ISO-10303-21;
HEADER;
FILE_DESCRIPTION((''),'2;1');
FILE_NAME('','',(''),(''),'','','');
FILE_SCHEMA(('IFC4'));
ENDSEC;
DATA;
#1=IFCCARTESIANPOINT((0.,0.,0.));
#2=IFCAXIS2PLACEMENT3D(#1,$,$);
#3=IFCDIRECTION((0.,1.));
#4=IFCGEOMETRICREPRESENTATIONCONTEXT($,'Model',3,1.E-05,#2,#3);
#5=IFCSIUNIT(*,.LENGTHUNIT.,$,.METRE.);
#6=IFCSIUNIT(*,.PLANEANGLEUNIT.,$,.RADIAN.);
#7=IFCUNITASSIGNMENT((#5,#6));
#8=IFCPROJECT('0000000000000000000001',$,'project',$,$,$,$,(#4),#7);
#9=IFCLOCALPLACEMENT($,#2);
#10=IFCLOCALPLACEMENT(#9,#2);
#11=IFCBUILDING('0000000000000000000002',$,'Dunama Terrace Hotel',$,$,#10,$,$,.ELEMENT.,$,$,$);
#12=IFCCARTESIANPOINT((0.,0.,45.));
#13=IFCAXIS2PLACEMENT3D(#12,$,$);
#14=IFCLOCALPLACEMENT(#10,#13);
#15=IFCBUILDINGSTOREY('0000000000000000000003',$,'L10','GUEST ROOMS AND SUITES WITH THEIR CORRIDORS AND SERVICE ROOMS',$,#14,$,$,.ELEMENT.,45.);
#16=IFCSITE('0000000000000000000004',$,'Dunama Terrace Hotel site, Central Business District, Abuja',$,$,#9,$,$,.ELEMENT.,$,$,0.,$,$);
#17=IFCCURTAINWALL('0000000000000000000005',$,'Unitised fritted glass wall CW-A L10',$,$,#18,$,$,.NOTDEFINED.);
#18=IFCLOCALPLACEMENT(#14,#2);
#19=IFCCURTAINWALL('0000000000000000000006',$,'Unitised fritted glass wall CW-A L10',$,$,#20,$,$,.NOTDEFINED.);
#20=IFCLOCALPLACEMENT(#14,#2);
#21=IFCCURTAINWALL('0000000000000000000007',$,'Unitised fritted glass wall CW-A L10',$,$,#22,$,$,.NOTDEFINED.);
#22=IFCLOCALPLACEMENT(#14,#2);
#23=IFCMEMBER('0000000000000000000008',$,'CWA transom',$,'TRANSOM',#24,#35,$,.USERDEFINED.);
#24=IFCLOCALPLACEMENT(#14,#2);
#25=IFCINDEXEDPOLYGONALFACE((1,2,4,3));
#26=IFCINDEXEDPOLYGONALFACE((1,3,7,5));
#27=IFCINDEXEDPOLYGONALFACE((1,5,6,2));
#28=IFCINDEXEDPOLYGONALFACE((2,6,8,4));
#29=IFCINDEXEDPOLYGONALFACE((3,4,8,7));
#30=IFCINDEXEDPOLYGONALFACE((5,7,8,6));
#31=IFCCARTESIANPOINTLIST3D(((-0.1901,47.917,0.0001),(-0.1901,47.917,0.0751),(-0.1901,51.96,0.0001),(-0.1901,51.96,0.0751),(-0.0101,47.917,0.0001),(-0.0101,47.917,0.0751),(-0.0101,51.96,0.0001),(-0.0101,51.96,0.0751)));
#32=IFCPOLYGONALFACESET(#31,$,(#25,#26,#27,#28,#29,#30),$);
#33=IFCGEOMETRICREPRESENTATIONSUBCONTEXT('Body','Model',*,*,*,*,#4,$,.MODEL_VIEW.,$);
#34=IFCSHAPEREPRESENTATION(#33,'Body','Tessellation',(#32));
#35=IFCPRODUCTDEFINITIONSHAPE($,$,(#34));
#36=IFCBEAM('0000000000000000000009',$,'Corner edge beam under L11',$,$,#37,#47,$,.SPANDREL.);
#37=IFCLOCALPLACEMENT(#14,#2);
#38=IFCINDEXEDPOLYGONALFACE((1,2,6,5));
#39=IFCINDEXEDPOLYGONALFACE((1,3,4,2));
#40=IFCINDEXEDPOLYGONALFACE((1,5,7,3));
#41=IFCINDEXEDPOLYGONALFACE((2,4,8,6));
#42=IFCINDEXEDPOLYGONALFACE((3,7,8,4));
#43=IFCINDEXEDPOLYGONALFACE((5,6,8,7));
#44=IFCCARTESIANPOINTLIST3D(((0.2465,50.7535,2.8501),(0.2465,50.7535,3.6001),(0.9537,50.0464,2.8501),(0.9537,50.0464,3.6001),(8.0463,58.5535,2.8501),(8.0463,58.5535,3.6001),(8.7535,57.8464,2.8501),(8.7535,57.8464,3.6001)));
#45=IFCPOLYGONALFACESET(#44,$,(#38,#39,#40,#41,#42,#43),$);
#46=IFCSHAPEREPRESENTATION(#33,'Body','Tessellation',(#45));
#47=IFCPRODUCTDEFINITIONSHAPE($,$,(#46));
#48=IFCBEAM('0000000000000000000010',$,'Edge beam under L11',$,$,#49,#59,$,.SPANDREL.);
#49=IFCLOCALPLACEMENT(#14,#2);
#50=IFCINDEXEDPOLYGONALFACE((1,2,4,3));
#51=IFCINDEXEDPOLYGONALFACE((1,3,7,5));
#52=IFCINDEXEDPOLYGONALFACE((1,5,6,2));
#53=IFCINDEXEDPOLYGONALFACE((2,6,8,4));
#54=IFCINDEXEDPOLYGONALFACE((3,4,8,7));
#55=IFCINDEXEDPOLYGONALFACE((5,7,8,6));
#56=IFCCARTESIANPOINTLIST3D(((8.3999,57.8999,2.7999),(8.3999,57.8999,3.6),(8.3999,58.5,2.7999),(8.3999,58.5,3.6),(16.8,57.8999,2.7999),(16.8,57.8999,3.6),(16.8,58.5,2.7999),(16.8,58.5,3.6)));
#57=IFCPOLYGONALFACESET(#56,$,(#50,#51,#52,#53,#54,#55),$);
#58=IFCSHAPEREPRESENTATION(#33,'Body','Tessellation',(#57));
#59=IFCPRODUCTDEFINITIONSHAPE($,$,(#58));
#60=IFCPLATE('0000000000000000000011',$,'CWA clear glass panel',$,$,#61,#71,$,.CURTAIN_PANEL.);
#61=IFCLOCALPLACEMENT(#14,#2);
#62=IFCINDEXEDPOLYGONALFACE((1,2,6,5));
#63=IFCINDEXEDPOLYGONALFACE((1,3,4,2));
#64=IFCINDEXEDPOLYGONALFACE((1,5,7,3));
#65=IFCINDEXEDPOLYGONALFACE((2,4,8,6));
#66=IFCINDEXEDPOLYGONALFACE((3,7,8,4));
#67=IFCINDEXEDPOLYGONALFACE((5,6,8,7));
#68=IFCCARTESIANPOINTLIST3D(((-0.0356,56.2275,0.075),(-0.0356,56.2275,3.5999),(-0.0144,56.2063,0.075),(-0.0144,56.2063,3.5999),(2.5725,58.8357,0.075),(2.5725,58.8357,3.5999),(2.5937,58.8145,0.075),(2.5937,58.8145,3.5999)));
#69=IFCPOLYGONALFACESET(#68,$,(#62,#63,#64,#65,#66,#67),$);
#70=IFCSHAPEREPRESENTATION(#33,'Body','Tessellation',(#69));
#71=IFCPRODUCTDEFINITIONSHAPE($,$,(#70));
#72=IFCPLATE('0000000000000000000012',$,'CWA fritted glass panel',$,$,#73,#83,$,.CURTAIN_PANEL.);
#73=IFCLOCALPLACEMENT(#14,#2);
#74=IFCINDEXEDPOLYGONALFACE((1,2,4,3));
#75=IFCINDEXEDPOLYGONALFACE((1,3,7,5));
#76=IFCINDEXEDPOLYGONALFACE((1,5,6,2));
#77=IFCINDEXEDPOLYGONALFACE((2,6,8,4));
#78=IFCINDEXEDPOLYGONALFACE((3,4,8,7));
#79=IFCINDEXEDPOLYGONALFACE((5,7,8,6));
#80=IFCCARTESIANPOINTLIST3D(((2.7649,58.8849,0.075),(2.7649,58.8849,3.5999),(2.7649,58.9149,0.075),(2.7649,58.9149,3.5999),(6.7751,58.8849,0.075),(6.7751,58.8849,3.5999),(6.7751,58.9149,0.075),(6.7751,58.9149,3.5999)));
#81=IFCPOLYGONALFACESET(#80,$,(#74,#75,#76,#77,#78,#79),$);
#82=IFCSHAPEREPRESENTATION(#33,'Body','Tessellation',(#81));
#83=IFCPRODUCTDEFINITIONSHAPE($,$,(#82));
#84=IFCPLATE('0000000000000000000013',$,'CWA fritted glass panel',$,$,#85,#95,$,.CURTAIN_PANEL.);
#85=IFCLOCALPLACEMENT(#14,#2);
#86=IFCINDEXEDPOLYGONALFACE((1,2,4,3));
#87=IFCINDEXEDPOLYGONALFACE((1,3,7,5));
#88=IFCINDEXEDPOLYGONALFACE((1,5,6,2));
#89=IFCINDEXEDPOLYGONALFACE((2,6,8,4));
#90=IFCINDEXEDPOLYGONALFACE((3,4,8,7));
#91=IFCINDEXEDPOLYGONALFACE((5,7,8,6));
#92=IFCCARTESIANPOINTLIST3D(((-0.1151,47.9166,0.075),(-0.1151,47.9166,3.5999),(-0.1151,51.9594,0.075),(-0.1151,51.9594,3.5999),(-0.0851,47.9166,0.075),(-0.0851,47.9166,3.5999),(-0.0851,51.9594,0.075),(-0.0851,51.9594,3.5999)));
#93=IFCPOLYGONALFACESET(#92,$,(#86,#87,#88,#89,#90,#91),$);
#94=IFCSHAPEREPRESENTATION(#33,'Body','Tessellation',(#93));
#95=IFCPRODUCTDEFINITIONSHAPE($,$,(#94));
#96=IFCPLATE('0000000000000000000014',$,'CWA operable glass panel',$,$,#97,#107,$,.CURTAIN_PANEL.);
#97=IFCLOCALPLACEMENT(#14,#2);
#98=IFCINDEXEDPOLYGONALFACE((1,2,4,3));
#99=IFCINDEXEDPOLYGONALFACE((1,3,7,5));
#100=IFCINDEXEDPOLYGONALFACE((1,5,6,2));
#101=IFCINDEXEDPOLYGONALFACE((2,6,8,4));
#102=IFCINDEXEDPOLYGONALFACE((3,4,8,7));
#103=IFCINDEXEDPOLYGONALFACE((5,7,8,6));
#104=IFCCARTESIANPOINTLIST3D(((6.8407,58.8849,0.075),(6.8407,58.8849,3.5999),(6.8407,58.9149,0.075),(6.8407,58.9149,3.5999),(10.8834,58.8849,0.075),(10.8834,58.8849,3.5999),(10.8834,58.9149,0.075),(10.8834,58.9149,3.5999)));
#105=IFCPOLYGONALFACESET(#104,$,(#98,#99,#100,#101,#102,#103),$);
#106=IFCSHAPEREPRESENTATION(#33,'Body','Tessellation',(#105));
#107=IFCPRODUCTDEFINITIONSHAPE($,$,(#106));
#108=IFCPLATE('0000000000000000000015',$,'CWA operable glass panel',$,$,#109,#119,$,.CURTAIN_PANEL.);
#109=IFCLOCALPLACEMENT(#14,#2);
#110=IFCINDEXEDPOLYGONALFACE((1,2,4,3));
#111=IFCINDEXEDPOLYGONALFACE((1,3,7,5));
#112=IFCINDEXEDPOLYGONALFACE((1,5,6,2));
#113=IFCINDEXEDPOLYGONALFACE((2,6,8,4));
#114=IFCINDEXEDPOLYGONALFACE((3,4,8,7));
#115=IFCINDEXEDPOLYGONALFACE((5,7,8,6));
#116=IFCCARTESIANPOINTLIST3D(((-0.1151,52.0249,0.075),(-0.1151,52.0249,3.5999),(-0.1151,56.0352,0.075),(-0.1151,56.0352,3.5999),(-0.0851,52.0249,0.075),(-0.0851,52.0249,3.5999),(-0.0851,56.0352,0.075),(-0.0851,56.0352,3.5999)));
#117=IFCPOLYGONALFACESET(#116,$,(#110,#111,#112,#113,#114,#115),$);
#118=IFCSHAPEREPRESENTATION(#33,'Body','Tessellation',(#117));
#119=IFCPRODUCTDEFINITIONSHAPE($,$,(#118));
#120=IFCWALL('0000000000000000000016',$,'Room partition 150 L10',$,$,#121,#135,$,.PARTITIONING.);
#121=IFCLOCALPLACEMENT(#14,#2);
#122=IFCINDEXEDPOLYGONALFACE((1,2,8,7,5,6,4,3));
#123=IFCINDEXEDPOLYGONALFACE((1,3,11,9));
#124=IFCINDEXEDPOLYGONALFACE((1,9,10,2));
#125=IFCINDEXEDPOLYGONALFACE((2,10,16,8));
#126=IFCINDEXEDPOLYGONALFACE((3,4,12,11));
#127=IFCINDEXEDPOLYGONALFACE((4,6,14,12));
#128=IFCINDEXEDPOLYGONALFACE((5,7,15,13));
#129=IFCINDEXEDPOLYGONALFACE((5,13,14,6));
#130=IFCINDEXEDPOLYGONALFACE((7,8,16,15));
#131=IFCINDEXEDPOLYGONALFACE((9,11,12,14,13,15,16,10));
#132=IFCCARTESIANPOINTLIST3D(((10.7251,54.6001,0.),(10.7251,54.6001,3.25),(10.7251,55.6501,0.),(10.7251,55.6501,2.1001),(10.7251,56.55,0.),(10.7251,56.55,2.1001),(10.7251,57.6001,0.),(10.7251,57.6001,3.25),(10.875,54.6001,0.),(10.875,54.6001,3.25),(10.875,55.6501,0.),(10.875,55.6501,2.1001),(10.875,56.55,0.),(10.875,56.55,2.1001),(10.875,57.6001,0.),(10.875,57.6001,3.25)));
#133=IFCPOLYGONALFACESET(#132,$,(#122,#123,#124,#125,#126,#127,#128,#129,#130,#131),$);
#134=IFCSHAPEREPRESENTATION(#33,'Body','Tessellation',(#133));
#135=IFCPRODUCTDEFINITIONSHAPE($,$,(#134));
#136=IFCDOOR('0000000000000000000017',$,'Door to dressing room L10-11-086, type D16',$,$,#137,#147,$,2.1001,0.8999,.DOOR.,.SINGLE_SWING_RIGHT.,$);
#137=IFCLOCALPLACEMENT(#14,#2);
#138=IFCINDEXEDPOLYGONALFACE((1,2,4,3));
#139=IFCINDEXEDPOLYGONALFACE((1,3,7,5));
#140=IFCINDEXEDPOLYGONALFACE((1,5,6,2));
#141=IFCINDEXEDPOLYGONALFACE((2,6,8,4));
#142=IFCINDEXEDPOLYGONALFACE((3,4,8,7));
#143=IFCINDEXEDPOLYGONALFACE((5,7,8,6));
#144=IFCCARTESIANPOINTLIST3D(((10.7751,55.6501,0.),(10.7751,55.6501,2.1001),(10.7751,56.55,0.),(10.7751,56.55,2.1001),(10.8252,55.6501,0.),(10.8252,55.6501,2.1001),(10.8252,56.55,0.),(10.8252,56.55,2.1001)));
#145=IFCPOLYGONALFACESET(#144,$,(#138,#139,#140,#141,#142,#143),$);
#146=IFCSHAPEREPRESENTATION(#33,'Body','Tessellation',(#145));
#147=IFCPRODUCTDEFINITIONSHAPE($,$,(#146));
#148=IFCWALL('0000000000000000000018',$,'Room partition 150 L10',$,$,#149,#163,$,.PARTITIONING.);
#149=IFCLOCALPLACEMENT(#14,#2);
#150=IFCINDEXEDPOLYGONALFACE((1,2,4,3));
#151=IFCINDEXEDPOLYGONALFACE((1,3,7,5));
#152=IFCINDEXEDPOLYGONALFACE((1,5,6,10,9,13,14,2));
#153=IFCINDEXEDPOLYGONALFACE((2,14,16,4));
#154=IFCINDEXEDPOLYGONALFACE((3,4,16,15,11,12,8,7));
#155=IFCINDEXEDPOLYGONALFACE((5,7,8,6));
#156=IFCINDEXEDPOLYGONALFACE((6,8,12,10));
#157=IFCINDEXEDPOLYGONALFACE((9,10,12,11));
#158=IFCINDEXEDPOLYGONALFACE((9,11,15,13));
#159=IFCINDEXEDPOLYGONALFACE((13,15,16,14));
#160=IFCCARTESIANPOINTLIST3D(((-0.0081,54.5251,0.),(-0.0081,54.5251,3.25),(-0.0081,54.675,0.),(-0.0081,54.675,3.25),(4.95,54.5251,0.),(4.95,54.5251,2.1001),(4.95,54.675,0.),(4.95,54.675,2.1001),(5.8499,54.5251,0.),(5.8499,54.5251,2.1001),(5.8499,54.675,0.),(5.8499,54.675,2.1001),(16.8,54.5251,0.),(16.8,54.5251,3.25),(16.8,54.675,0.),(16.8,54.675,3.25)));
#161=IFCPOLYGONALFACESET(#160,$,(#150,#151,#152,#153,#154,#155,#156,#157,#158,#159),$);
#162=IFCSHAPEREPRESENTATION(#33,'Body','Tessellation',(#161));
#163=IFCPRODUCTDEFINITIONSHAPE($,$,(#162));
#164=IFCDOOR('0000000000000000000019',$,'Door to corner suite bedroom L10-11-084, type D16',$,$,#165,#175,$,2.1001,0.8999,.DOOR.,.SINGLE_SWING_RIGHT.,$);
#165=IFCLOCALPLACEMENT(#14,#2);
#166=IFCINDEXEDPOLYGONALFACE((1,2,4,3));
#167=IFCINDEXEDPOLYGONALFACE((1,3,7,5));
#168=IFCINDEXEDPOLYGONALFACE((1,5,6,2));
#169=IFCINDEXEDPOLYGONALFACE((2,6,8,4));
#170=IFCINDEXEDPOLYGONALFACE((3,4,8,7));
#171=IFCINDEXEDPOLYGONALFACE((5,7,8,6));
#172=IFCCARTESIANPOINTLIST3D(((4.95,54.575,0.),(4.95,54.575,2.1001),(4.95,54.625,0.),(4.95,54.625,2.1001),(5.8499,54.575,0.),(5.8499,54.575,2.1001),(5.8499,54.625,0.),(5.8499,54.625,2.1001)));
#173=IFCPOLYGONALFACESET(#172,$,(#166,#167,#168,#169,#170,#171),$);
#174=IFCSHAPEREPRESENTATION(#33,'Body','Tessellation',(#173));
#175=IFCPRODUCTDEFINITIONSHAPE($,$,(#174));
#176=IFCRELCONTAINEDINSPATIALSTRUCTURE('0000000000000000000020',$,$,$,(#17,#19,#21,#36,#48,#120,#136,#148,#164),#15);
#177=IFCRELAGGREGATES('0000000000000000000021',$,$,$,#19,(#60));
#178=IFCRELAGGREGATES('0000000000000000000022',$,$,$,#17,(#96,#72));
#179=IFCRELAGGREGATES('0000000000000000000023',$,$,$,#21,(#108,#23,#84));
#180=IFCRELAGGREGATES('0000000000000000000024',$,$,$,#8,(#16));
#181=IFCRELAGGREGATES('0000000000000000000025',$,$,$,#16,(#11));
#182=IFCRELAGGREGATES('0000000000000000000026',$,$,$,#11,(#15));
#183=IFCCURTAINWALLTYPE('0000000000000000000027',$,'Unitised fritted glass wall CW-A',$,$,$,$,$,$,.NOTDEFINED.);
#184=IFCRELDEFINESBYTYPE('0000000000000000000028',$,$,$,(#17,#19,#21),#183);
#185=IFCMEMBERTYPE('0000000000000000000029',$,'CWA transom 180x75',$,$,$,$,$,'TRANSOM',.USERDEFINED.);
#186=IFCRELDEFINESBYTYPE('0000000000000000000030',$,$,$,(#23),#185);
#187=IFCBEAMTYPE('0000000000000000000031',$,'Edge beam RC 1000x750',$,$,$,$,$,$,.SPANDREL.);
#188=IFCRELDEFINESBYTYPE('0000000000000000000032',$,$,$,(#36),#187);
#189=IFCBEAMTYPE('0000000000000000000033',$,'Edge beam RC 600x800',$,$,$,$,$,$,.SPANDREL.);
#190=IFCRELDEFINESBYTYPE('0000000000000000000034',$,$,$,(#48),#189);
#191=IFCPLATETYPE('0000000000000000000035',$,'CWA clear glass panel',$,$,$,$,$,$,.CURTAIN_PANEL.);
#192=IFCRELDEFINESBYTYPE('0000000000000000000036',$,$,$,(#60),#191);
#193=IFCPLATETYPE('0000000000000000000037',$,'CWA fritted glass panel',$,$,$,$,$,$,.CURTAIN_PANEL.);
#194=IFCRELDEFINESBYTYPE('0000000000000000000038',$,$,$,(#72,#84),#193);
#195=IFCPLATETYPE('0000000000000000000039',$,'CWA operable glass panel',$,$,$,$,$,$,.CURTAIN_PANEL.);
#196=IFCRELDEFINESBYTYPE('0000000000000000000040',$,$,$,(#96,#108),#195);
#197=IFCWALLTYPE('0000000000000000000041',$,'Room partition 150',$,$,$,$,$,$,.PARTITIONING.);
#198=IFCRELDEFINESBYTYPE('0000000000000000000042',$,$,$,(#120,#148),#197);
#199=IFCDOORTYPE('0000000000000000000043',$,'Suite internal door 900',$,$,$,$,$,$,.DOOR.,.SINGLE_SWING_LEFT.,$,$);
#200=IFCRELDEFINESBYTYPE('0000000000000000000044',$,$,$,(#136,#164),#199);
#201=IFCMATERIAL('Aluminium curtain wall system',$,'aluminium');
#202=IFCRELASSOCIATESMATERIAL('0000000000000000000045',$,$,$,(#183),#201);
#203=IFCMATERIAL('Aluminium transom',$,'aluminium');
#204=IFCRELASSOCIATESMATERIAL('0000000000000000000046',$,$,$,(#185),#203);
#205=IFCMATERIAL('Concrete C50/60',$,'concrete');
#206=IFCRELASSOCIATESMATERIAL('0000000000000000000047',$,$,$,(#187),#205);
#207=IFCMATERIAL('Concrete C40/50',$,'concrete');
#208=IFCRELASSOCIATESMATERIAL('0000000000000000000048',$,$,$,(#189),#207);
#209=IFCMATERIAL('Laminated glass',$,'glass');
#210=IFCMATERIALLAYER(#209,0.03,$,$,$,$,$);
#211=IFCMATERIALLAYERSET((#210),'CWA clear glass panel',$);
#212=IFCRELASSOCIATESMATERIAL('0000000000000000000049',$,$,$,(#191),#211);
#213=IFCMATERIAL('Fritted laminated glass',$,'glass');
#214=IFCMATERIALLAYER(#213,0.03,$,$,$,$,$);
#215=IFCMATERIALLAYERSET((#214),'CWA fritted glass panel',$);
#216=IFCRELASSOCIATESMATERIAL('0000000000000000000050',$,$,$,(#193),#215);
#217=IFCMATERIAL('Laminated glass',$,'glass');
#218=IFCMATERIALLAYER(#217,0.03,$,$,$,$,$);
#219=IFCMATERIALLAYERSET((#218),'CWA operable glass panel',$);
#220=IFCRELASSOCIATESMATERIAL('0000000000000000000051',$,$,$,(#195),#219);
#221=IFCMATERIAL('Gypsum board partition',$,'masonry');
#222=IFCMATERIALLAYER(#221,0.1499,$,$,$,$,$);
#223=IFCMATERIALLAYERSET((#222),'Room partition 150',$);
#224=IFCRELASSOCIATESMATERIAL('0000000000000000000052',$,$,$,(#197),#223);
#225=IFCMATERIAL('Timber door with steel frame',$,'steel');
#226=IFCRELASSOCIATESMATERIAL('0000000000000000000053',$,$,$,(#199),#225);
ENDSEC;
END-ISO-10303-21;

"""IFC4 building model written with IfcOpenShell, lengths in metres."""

from ifc_helpers import new_model, si_unit, direction, frame, frame_2d, origin, origin_2d, place, context, subcontext, project, spatial, rectangle, extrude, material, layer, layer_set, material_profile, profile_set, type_object, element, fill, aggregate, save


model = new_model("IFC4")

# Units and contexts
model_context = context("Model", 3, precision=1e-05, world=origin(), true_north=direction((0.0, 1.0)))
body_context = subcontext(model_context, "Body", "Model", "MODEL_VIEW")
ifc_project = project(units=[si_unit("LENGTHUNIT", "METRE"), si_unit("PLANEANGLEUNIT", "RADIAN")], contexts=[model_context])

# Site, building, storey
site_placement = place(None, origin())
site = spatial("IfcSite", under=ifc_project, at=site_placement, Name="Dunama Terrace Hotel site, Central Business District, Abuja", CompositionType="ELEMENT", RefElevation=0.0)
building_placement = place(site_placement, origin())
building = spatial("IfcBuilding", under=site, at=building_placement, Name="Dunama Terrace Hotel", CompositionType="ELEMENT")
storey_placement = place(building_placement, frame((0.0, 0.0, 45.0)))
storey = spatial("IfcBuildingStorey", under=building, at=storey_placement, Name="L10", Description="GUEST ROOMS AND SUITES WITH THEIR CORRIDORS AND SERVICE ROOMS", CompositionType="ELEMENT", Elevation=45.0)

# Curtain walls
ifc_material_1 = material(Name="Aluminium curtain wall system", Category="aluminium")
curtain_wall_type = type_object("IfcCurtainWallType", Name="Unitised fritted glass wall CW-A", PredefinedType="NOTDEFINED", material=ifc_material_1)
curtain_wall_1_placement = place(storey_placement, origin())
curtain_wall_1 = element("IfcCurtainWall", 1, at=curtain_wall_1_placement, inside=storey, type_object=curtain_wall_type, Name="Unitised fritted glass wall CW-A L10", PredefinedType="NOTDEFINED")
curtain_wall_2_placement = place(storey_placement, origin())
curtain_wall_2 = element("IfcCurtainWall", 2, at=curtain_wall_2_placement, inside=storey, type_object=curtain_wall_type, Name="Unitised fritted glass wall CW-A L10", PredefinedType="NOTDEFINED")
curtain_wall_3_placement = place(storey_placement, origin())
curtain_wall_3 = element("IfcCurtainWall", 3, at=curtain_wall_3_placement, inside=storey, type_object=curtain_wall_type, Name="Unitised fritted glass wall CW-A L10", PredefinedType="NOTDEFINED")

# Member
ifc_material_2 = material(Name="Aluminium transom", Category="aluminium")
ifc_material_profile_1 = material_profile(ifc_material_2, rectangle(XDim=0.1799, YDim=0.075, at=origin_2d()), Name="CWA TRANSOM 180X75")
ifc_profile_set_1 = profile_set([ifc_material_profile_1], Name="Aluminium transom")
member_type_1 = type_object("IfcMemberType", Name="CWA transom 180x75", ElementType="TRANSOM", PredefinedType="USERDEFINED", material=ifc_profile_set_1)
member_1_placement = place(storey_placement, frame((-0.1001, 51.96, 0.0376), z_axis=(0.0, -1.0, 0.0), x_axis=(1.0, 0.0, 0.0)))
member_1 = element("IfcMember", 4, at=member_1_placement, type_object=member_type_1, Name="CWA transom", ObjectType="TRANSOM", PredefinedType="USERDEFINED", context=body_context, shape_type="SweptSolid", body=[
    extrude(rectangle(XDim=0.1799, YDim=0.075, at=origin_2d()), origin(), (0.0, 0.0, 1.0), 4.043),
])

# Beams
ifc_material_3 = material(Name="Concrete C50/60", Category="concrete")
ifc_material_profile_2 = material_profile(ifc_material_3, rectangle(XDim=1.0, YDim=0.75, at=origin_2d()), Name="RC 1000x750")
ifc_profile_set_2 = profile_set([ifc_material_profile_2], Name="Concrete C50/60")
beam_type_1 = type_object("IfcBeamType", Name="Edge beam RC 1000x750", PredefinedType="SPANDREL", material=ifc_profile_set_2)
beam_1_placement = place(storey_placement, frame((8.3999, 58.2, 3.2251), z_axis=(-0.707096, -0.707118, 0.0), x_axis=(0.707118, -0.707096, 0.0)))
element("IfcBeam", 5, at=beam_1_placement, inside=storey, type_object=beam_type_1, Name="Corner edge beam under L11", PredefinedType="SPANDREL", context=body_context, shape_type="SweptSolid", body=[
    extrude(rectangle(XDim=1.0, YDim=0.75, at=origin_2d()), origin(), (0.0, 0.0, 1.0), 11.0308),
])
ifc_material_4 = material(Name="Concrete C40/50", Category="concrete")
ifc_material_profile_3 = material_profile(ifc_material_4, rectangle(XDim=0.6001, YDim=0.8, at=origin_2d()), Name="RC 600x800")
ifc_profile_set_3 = profile_set([ifc_material_profile_3], Name="Concrete C40/50")
beam_type_2 = type_object("IfcBeamType", Name="Edge beam RC 600x800", PredefinedType="SPANDREL", material=ifc_profile_set_3)
beam_2_placement = place(storey_placement, frame((8.3999, 58.2, 3.2), z_axis=(1.0, 0.0, 0.0), x_axis=(0.0, 1.0, 0.0)))
element("IfcBeam", 6, at=beam_2_placement, inside=storey, type_object=beam_type_2, Name="Edge beam under L11", PredefinedType="SPANDREL", context=body_context, shape_type="SweptSolid", body=[
    extrude(rectangle(XDim=0.6001, YDim=0.8, at=origin_2d()), origin(), (0.0, 0.0, 1.0), 8.4001),
])

# Plates
ifc_material_5 = material(Name="Laminated glass", Category="glass")
ifc_layer_1 = layer(ifc_material_5, 0.03)
ifc_layer_set_1 = layer_set([ifc_layer_1], Name="CWA clear glass panel")
plate_type_1 = type_object("IfcPlateType", Name="CWA clear glass panel", PredefinedType="CURTAIN_PANEL", material=ifc_layer_set_1)
plate_1_placement = place(storey_placement, frame((1.2791, 57.521, 0.075), z_axis=(0.0, 0.0, 1.0), x_axis=(-0.707107, -0.707107, 0.0)))
plate_1 = element("IfcPlate", 7, at=plate_1_placement, type_object=plate_type_1, Name="CWA clear glass panel", PredefinedType="CURTAIN_PANEL", context=body_context, shape_type="SweptSolid", body=[
    extrude(rectangle(XDim=3.6885, YDim=0.03, at=origin_2d()), origin(), (0.0, 0.0, 1.0), 3.5249),
])
aggregate(curtain_wall_2, [plate_1])
ifc_material_6 = material(Name="Fritted laminated glass", Category="glass")
ifc_layer_2 = layer(ifc_material_6, 0.03)
ifc_layer_set_2 = layer_set([ifc_layer_2], Name="CWA fritted glass panel")
plate_type_2 = type_object("IfcPlateType", Name="CWA fritted glass panel", PredefinedType="CURTAIN_PANEL", material=ifc_layer_set_2)
plate_2_placement = place(storey_placement, frame((4.77, 58.8999, 0.075), z_axis=(0.0, 0.0, 1.0), x_axis=(-1.0, 0.0, 0.0)))
plate_2 = element("IfcPlate", 8, at=plate_2_placement, type_object=plate_type_2, Name="CWA fritted glass panel", PredefinedType="CURTAIN_PANEL", context=body_context, shape_type="SweptSolid", body=[
    extrude(rectangle(XDim=4.0103, YDim=0.03, at=origin_2d()), origin(), (0.0, 0.0, 1.0), 3.5249),
])
plate_3_placement = place(storey_placement, frame((-0.1001, 49.938, 0.075), z_axis=(0.0, 0.0, 1.0), x_axis=(0.0, -1.0, 0.0)))
plate_3 = element("IfcPlate", 9, at=plate_3_placement, type_object=plate_type_2, Name="CWA fritted glass panel", PredefinedType="CURTAIN_PANEL", context=body_context, shape_type="SweptSolid", body=[
    extrude(rectangle(XDim=4.0427, YDim=0.03, at=origin_2d()), origin(), (0.0, 0.0, 1.0), 3.5249),
])
ifc_material_7 = material(Name="Laminated glass", Category="glass")
ifc_layer_3 = layer(ifc_material_7, 0.03)
ifc_layer_set_3 = layer_set([ifc_layer_3], Name="CWA operable glass panel")
plate_type_3 = type_object("IfcPlateType", Name="CWA operable glass panel", PredefinedType="CURTAIN_PANEL", material=ifc_layer_set_3)
plate_4_placement = place(storey_placement, frame((8.8621, 58.8999, 0.075), z_axis=(0.0, 0.0, 1.0), x_axis=(-1.0, 0.0, 0.0)))
plate_4 = element("IfcPlate", 10, at=plate_4_placement, type_object=plate_type_3, Name="CWA operable glass panel", PredefinedType="CURTAIN_PANEL", context=body_context, shape_type="SweptSolid", body=[
    extrude(rectangle(XDim=4.0427, YDim=0.03, at=origin_2d()), origin(), (0.0, 0.0, 1.0), 3.5249),
])
aggregate(curtain_wall_1, [plate_4, plate_2])
plate_5_placement = place(storey_placement, frame((-0.1001, 54.03, 0.075), z_axis=(0.0, 0.0, 1.0), x_axis=(0.0, -1.0, 0.0)))
plate_5 = element("IfcPlate", 11, at=plate_5_placement, type_object=plate_type_3, Name="CWA operable glass panel", PredefinedType="CURTAIN_PANEL", context=body_context, shape_type="SweptSolid", body=[
    extrude(rectangle(XDim=4.0103, YDim=0.03, at=origin_2d()), origin(), (0.0, 0.0, 1.0), 3.5249),
])
aggregate(curtain_wall_3, [plate_5, member_1, plate_3])

# Walls, openings, doors
ifc_material_8 = material(Name="Gypsum board partition", Category="masonry")
ifc_layer_4 = layer(ifc_material_8, 0.1499)
ifc_layer_set_4 = layer_set([ifc_layer_4], Name="Room partition 150")
wall_type = type_object("IfcWallType", Name="Room partition 150", PredefinedType="PARTITIONING", material=ifc_layer_set_4)
wall_1_placement = place(storey_placement, frame((10.8, 54.6001, 0.0), z_axis=(0.0, 0.0, 1.0), x_axis=(0.0, 1.0, 0.0)))
wall_1 = element("IfcWall", 12, at=wall_1_placement, inside=storey, type_object=wall_type, Name="Room partition 150 L10", PredefinedType="PARTITIONING", context=body_context, shape_type="SweptSolid", body=[
    extrude(rectangle(XDim=3.0, YDim=0.1499, at=frame_2d((1.5, 0.0))), origin(), (0.0, 0.0, 1.0), 3.25),
])
opening_1_placement = place(wall_1_placement, frame((1.05, 0.0, 0.0)))
opening_1 = element("IfcOpeningElement", 13, at=opening_1_placement, cuts=wall_1, PredefinedType="OPENING", context=body_context, shape_type="SweptSolid", body=[
    extrude(rectangle(XDim=0.8999, YDim=2.1001, at=frame_2d((0.45, 1.05))), frame((0.0, 0.085, 0.0), z_axis=(0.0, -1.0, 0.0), x_axis=(1.0, 0.0, 0.0)), (0.0, 0.0, 1.0), 0.1699),
])
ifc_material_9 = material(Name="Timber door with steel frame", Category="steel")
door_type = type_object("IfcDoorType", Name="Suite internal door 900", OperationType="SINGLE_SWING_LEFT", PredefinedType="DOOR", material=ifc_material_9)
door_1_placement = place(opening_1_placement, frame((0.8999, 0.0, 0.0), z_axis=(0.0, 0.0, 1.0), x_axis=(-1.0, 0.0, 0.0)))
door_1 = element("IfcDoor", 14, at=door_1_placement, inside=storey, type_object=door_type, Name="Door to dressing room L10-11-086, type D16", OperationType="SINGLE_SWING_RIGHT", OverallHeight=2.1001, OverallWidth=0.8999, PredefinedType="DOOR", context=body_context, shape_type="SweptSolid", body=[
    extrude(rectangle(XDim=0.8999, YDim=2.1001, at=frame_2d((0.45, 1.05))), frame((0.0, 0.0251, 0.0), z_axis=(0.0, -1.0, 0.0), x_axis=(1.0, 0.0, 0.0)), (0.0, 0.0, 1.0), 0.05),
])
fill(opening_1, door_1)
wall_2_placement = place(storey_placement, frame((-0.0081, 54.6001, 0.0), z_axis=(0.0, 0.0, 1.0), x_axis=(1.0, 0.0, 0.0)))
wall_2 = element("IfcWall", 15, at=wall_2_placement, inside=storey, type_object=wall_type, Name="Room partition 150 L10", PredefinedType="PARTITIONING", context=body_context, shape_type="SweptSolid", body=[
    extrude(rectangle(XDim=16.8081, YDim=0.1499, at=frame_2d((8.4041, 0.0))), origin(), (0.0, 0.0, 1.0), 3.25),
])
opening_2_placement = place(wall_2_placement, frame((4.958, 0.0, 0.0)))
opening_2 = element("IfcOpeningElement", 16, at=opening_2_placement, cuts=wall_2, PredefinedType="OPENING", context=body_context, shape_type="SweptSolid", body=[
    extrude(rectangle(XDim=0.8999, YDim=2.1001, at=frame_2d((0.45, 1.05))), frame((0.0, 0.085, 0.0), z_axis=(0.0, -1.0, 0.0), x_axis=(1.0, 0.0, 0.0)), (0.0, 0.0, 1.0), 0.1699),
])
door_2_placement = place(opening_2_placement, origin())
door_2 = element("IfcDoor", 17, at=door_2_placement, inside=storey, type_object=door_type, Name="Door to corner suite bedroom L10-11-084, type D16", OperationType="SINGLE_SWING_RIGHT", OverallHeight=2.1001, OverallWidth=0.8999, PredefinedType="DOOR", context=body_context, shape_type="SweptSolid", body=[
    extrude(rectangle(XDim=0.8999, YDim=2.1001, at=frame_2d((0.45, 1.05))), frame((0.0, 0.0249, 0.0), z_axis=(0.0, -1.0, 0.0), x_axis=(1.0, 0.0, 0.0)), (0.0, 0.0, 1.0), 0.05),
])
fill(opening_2, door_2)

save(model, "model.ifc")
